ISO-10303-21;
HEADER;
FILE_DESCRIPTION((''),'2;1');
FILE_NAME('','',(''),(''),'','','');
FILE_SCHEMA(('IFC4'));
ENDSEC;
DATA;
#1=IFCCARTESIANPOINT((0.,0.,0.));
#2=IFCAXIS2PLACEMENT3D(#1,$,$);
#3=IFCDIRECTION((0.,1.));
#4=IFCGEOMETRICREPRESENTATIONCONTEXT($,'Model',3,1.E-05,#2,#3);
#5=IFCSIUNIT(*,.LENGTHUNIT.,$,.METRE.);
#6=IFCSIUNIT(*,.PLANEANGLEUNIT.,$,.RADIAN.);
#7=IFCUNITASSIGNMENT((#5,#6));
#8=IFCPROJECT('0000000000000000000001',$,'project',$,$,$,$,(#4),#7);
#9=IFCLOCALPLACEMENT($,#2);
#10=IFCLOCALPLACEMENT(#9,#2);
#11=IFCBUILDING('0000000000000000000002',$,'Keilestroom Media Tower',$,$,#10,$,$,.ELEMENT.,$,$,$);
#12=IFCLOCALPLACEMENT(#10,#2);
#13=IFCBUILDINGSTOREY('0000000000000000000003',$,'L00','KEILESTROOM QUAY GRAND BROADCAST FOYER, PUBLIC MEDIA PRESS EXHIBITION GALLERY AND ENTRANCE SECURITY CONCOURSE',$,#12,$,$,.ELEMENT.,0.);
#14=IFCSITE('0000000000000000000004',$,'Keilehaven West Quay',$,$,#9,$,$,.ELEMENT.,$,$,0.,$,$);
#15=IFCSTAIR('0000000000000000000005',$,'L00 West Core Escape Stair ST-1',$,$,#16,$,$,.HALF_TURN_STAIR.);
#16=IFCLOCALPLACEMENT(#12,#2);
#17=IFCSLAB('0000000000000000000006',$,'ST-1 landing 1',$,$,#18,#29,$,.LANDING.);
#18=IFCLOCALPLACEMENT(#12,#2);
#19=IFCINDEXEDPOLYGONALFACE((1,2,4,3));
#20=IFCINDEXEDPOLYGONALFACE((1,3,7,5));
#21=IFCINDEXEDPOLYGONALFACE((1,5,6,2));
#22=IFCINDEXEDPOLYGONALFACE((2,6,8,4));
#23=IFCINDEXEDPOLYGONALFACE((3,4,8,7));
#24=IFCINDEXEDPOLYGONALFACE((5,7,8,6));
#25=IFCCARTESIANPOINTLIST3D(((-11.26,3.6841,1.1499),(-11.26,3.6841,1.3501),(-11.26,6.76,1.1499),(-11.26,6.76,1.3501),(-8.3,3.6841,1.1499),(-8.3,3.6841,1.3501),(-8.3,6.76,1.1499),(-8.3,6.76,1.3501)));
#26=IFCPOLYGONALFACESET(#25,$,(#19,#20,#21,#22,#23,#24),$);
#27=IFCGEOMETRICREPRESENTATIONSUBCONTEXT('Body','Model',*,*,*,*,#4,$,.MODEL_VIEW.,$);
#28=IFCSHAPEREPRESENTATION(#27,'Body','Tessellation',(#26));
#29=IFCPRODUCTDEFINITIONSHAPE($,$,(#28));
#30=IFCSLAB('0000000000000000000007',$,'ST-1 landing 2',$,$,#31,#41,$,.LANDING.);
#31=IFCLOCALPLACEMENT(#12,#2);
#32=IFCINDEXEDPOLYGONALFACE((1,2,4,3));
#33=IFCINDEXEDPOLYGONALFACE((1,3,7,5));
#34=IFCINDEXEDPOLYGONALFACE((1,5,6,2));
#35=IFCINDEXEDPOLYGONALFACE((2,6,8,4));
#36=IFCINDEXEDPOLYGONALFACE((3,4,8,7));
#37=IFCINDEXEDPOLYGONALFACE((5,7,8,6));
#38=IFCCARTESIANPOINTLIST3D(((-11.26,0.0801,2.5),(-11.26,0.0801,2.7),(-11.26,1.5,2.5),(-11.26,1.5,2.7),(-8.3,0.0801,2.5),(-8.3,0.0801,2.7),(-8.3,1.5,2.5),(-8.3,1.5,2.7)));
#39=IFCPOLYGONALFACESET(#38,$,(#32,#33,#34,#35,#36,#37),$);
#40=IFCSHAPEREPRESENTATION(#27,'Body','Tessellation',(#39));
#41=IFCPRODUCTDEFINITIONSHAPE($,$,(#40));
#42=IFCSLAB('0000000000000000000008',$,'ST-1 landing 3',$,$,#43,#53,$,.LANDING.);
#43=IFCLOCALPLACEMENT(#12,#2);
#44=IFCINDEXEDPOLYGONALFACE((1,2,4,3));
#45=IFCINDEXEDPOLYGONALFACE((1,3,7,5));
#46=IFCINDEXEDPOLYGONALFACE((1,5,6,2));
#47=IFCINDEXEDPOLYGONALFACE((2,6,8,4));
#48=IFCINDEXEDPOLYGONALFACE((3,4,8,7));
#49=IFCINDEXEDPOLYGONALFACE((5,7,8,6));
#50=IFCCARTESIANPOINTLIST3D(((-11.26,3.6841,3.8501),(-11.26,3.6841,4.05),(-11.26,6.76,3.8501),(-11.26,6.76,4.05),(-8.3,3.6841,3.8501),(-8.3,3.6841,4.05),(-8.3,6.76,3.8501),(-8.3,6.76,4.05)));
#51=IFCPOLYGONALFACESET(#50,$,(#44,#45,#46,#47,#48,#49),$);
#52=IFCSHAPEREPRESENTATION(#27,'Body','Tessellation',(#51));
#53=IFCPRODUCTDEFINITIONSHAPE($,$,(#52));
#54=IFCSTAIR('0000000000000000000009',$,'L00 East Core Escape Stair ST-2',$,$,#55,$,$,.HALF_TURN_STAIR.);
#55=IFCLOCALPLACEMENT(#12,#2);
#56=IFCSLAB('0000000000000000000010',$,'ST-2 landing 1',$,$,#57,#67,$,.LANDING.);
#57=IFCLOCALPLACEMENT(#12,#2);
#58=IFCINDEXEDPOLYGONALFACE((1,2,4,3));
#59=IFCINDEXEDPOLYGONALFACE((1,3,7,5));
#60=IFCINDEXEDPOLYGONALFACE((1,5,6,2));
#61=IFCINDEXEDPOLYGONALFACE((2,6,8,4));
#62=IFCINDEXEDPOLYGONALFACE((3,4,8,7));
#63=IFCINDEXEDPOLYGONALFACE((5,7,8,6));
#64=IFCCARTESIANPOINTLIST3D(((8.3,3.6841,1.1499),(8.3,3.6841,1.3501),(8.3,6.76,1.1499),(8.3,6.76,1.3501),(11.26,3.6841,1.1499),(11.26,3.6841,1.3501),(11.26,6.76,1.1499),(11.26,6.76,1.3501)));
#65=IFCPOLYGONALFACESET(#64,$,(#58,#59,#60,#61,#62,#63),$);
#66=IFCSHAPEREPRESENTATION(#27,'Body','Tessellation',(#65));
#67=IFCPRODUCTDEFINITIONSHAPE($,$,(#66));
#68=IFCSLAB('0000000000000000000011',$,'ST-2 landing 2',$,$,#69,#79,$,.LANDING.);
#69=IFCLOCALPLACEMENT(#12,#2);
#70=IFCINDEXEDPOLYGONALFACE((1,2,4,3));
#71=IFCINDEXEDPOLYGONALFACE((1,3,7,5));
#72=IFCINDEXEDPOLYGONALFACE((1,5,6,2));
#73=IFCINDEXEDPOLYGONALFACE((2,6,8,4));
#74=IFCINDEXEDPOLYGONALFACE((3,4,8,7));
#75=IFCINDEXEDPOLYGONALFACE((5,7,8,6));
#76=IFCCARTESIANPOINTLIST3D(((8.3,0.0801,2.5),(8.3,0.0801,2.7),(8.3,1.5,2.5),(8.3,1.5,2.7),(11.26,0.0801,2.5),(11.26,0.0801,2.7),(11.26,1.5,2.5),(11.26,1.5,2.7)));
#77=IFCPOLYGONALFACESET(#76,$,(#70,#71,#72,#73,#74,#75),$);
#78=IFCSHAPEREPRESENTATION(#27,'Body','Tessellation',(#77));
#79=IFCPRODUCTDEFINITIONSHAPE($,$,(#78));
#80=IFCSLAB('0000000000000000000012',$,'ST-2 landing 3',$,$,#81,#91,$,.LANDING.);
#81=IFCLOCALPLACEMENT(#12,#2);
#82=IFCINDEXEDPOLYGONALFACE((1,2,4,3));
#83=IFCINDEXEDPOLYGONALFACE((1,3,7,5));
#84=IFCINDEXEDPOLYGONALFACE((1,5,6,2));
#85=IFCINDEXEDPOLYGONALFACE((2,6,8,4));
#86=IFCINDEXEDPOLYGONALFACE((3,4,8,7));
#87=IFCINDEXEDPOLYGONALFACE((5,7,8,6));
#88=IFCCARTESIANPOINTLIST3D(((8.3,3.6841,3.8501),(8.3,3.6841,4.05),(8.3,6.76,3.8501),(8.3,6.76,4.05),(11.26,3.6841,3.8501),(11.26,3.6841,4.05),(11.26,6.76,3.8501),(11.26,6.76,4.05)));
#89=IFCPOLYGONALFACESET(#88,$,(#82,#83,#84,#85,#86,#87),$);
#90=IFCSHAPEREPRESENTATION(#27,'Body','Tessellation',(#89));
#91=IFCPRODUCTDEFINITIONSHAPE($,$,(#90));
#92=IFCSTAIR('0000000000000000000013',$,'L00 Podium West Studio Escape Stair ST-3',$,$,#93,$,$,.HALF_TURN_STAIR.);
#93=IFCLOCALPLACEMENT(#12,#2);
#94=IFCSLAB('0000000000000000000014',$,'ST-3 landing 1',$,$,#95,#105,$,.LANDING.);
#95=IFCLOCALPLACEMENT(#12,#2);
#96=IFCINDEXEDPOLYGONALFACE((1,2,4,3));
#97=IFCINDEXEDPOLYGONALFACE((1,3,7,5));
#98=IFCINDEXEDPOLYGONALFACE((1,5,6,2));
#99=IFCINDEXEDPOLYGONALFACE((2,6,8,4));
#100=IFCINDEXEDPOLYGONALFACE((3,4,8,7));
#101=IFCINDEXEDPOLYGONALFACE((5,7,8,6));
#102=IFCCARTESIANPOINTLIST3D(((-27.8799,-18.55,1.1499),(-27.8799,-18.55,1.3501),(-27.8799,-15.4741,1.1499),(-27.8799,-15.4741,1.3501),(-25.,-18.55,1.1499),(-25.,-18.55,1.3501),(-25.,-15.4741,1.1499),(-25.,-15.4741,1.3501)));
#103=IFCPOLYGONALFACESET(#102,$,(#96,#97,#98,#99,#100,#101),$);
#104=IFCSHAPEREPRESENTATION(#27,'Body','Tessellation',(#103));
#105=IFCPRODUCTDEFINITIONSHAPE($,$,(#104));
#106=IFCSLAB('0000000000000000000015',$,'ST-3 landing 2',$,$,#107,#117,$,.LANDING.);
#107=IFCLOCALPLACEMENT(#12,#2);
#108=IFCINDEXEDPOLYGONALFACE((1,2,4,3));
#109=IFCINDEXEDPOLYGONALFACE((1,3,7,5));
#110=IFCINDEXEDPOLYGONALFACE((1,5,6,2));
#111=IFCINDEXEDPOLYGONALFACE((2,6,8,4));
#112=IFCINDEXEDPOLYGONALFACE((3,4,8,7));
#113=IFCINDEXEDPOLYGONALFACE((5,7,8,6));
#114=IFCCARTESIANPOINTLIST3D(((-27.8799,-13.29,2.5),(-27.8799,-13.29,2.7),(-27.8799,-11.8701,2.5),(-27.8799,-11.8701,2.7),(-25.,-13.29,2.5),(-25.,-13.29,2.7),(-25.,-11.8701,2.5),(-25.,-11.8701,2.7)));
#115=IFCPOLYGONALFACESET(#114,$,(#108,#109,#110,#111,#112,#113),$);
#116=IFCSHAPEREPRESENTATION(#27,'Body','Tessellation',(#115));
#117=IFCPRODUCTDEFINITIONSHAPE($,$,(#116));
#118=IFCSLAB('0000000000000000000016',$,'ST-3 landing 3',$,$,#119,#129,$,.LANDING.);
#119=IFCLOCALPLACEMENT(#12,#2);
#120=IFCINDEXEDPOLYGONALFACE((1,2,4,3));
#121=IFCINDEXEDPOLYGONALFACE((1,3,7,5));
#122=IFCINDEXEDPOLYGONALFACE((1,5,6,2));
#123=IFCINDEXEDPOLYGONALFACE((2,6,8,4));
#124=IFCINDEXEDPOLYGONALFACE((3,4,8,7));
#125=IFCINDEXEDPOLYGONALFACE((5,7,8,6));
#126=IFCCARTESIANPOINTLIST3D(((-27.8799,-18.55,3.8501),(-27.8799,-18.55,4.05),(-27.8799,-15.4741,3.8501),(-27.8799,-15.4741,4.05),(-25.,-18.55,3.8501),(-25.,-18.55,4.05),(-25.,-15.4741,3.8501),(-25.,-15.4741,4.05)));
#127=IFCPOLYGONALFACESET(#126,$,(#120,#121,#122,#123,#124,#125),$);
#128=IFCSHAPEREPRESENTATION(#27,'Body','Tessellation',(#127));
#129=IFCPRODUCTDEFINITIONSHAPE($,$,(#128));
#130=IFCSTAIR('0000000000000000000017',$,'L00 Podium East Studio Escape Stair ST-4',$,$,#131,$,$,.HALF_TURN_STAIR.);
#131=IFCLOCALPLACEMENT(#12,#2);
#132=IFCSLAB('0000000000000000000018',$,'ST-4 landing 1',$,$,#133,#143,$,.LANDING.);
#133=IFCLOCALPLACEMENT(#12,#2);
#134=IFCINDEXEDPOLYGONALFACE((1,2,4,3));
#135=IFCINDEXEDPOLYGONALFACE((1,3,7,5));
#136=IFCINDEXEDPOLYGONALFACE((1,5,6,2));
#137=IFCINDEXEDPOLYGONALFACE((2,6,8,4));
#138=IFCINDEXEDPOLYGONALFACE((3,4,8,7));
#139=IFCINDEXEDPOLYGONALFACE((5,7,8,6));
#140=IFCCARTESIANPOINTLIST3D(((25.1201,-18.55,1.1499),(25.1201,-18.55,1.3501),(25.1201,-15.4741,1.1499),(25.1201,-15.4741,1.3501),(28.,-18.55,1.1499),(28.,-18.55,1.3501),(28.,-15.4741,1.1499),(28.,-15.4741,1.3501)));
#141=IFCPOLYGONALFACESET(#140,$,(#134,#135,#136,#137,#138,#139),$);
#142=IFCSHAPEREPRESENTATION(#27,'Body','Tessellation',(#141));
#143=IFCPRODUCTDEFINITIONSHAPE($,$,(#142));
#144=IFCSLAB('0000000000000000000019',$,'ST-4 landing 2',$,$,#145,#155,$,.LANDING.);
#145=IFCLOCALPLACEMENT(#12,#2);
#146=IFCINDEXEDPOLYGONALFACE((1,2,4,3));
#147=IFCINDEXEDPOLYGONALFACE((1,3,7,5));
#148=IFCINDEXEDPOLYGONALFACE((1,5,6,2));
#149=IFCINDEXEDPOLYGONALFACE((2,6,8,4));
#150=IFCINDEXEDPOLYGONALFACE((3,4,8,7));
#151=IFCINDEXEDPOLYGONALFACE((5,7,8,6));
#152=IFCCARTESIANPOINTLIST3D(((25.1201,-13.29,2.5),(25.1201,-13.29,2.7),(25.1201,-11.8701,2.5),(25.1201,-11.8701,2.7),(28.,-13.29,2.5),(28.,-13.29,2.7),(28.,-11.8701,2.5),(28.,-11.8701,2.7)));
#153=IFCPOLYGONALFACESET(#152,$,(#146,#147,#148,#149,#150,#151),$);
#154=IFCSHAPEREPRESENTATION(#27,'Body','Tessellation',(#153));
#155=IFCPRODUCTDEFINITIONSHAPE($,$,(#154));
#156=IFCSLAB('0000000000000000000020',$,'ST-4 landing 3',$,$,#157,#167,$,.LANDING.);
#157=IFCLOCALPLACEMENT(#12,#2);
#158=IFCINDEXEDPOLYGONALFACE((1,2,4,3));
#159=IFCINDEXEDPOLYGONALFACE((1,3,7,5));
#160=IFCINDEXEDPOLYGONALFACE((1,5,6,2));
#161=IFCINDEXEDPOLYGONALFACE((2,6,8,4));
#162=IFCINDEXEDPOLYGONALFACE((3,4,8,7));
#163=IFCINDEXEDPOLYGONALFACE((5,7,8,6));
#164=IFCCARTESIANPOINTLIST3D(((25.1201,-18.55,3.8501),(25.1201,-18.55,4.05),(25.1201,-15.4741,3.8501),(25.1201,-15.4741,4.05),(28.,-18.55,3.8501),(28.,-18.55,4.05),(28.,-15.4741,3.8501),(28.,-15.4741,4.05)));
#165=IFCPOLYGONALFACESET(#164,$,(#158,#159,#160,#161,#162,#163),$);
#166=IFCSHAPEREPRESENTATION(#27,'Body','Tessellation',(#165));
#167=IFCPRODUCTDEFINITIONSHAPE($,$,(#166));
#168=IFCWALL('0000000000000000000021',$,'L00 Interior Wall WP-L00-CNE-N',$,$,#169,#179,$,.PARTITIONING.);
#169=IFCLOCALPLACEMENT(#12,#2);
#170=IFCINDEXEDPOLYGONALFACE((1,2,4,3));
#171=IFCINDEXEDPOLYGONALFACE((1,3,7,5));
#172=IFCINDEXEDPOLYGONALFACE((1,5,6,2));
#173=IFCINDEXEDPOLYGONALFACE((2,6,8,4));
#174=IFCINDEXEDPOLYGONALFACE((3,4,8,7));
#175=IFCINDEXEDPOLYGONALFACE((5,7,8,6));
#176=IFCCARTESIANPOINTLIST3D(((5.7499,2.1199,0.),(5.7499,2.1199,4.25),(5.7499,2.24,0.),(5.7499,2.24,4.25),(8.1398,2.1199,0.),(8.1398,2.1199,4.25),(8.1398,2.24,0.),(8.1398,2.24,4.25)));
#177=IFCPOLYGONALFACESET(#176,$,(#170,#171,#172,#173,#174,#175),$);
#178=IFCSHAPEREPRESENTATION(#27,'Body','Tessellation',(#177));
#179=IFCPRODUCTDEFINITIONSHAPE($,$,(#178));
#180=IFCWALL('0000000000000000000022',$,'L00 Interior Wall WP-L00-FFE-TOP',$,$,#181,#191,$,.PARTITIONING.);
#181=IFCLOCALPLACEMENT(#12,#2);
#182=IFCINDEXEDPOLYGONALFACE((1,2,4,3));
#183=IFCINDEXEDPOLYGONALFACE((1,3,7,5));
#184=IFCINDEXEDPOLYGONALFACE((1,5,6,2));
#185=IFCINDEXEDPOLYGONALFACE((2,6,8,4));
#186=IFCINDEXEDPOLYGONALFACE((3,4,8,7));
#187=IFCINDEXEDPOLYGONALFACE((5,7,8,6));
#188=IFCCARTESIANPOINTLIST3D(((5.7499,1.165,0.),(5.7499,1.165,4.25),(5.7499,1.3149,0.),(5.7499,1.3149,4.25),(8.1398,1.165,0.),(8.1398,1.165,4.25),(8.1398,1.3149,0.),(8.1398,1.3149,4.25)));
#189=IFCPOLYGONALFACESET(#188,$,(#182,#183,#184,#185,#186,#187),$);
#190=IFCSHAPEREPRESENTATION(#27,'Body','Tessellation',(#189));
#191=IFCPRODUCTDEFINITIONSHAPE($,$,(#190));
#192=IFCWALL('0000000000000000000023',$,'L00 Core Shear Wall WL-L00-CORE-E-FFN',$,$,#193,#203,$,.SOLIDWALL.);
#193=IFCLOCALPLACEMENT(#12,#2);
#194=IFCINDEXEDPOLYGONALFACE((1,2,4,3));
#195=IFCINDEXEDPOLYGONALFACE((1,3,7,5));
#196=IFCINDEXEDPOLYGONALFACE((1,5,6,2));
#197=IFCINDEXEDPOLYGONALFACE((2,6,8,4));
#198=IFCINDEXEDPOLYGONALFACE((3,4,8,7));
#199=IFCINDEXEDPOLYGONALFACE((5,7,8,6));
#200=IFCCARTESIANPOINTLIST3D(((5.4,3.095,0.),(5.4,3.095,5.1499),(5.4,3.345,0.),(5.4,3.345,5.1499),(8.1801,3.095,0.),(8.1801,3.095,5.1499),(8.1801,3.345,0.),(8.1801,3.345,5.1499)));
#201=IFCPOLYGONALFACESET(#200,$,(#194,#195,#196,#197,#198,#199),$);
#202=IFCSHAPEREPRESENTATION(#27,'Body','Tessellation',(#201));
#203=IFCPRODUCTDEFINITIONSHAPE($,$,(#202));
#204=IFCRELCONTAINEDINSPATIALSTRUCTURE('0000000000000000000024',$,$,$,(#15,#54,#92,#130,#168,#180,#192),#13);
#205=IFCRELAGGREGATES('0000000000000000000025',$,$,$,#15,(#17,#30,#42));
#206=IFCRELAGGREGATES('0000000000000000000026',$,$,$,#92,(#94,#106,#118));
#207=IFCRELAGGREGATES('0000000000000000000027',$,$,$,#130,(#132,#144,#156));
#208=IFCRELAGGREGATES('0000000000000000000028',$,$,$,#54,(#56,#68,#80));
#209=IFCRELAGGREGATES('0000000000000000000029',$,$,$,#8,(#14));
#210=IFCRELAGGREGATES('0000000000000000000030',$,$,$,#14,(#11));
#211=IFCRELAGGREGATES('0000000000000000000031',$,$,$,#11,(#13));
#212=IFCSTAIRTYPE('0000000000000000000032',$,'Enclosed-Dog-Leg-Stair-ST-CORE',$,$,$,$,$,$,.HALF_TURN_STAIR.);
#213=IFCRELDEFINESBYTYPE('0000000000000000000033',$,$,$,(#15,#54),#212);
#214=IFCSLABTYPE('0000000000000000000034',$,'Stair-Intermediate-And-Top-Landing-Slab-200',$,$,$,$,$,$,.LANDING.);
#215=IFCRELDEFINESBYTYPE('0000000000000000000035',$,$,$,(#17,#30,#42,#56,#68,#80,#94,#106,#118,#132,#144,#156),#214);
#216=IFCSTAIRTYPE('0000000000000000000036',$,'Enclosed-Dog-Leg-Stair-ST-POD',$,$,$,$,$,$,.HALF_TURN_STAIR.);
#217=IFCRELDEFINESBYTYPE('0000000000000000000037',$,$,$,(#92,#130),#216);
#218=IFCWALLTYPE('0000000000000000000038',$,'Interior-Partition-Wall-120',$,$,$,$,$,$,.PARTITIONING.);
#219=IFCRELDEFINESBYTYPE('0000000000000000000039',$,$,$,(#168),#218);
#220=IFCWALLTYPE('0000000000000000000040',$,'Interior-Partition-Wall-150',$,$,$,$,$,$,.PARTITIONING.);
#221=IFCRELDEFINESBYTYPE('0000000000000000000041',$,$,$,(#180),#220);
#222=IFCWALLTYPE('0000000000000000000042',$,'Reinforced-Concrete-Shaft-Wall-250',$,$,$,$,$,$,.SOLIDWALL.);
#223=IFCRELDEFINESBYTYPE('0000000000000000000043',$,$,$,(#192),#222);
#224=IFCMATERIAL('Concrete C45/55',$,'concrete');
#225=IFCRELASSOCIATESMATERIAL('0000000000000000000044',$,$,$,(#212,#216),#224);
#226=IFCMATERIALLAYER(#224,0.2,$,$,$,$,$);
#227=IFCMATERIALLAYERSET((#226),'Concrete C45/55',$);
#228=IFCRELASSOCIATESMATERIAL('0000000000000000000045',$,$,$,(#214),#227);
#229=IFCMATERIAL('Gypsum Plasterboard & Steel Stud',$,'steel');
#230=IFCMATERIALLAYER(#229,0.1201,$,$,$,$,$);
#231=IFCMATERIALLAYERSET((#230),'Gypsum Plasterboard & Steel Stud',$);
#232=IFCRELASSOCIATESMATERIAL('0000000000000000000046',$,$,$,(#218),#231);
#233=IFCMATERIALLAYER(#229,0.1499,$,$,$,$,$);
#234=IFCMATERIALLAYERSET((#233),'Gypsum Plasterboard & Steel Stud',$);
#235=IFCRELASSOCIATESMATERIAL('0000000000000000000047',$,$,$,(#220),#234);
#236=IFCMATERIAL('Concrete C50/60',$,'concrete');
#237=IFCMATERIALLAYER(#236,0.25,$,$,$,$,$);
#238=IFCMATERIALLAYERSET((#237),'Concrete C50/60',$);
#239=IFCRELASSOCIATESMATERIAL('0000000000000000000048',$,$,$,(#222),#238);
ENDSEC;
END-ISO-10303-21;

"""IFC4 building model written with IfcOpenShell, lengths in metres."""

from ifc_helpers import new_model, si_unit, direction, frame, frame_2d, origin, place, context, subcontext, project, spatial, polyline, rectangle, outline, extrude, material, layer, layer_set, type_object, element, aggregate, save


model = new_model("IFC4")

# Units and contexts
model_context = context("Model", 3, precision=1e-05, world=origin(), true_north=direction((0.0, 1.0)))
body_context = subcontext(model_context, "Body", "Model", "MODEL_VIEW")
ifc_project = project(units=[si_unit("LENGTHUNIT", "METRE"), si_unit("PLANEANGLEUNIT", "RADIAN")], contexts=[model_context])

# Site, building, storey
site_placement = place(None, origin())
site = spatial("IfcSite", under=ifc_project, at=site_placement, Name="Keilehaven West Quay", CompositionType="ELEMENT", RefElevation=0.0)
building_placement = place(site_placement, origin())
building = spatial("IfcBuilding", under=site, at=building_placement, Name="Keilestroom Media Tower", CompositionType="ELEMENT")
storey_placement = place(building_placement, origin())
storey = spatial("IfcBuildingStorey", under=building, at=storey_placement, Name="L00", Description="KEILESTROOM QUAY GRAND BROADCAST FOYER, PUBLIC MEDIA PRESS EXHIBITION GALLERY AND ENTRANCE SECURITY CONCOURSE", CompositionType="ELEMENT", Elevation=0.0)

# Stairs, slabs
ifc_material_1 = material(Name="Concrete C45/55", Category="concrete")
stair_type_1 = type_object("IfcStairType", Name="Enclosed-Dog-Leg-Stair-ST-CORE", PredefinedType="HALF_TURN_STAIR", material=ifc_material_1)
stair_1_placement = place(storey_placement, origin())
stair_1 = element("IfcStair", 1, at=stair_1_placement, inside=storey, type_object=stair_type_1, Name="L00 West Core Escape Stair ST-1", PredefinedType="HALF_TURN_STAIR")
ifc_layer_1 = layer(ifc_material_1, 0.2)
ifc_layer_set_1 = layer_set([ifc_layer_1], Name="Concrete C45/55")
slab_type = type_object("IfcSlabType", Name="Stair-Intermediate-And-Top-Landing-Slab-200", PredefinedType="LANDING", material=ifc_layer_set_1)
slab_1_placement = place(storey_placement, frame((0.0, 0.0, 1.1499)))
slab_1 = element("IfcSlab", 2, at=slab_1_placement, type_object=slab_type, Name="ST-1 landing 1", PredefinedType="LANDING", context=body_context, shape_type="SweptSolid", body=[
    extrude(outline(polyline([(-8.3, 3.6841), (-8.3, 6.76), (-11.26, 6.76), (-11.26, 3.6841), (-8.3, 3.6841)])), origin(), (0.0, 0.0, 1.0), 0.2002),
])
slab_2_placement = place(storey_placement, frame((0.0, 0.0, 2.5)))
slab_2 = element("IfcSlab", 3, at=slab_2_placement, type_object=slab_type, Name="ST-1 landing 2", PredefinedType="LANDING", context=body_context, shape_type="SweptSolid", body=[
    extrude(outline(polyline([(-8.3, 0.0801), (-8.3, 1.5), (-11.26, 1.5), (-11.26, 0.0801), (-8.3, 0.0801)])), origin(), (0.0, 0.0, 1.0), 0.2),
])
slab_3_placement = place(storey_placement, frame((0.0, 0.0, 3.8501)))
slab_3 = element("IfcSlab", 4, at=slab_3_placement, type_object=slab_type, Name="ST-1 landing 3", PredefinedType="LANDING", context=body_context, shape_type="SweptSolid", body=[
    extrude(outline(polyline([(-8.3, 3.6841), (-8.3, 6.76), (-11.26, 6.76), (-11.26, 3.6841), (-8.3, 3.6841)])), origin(), (0.0, 0.0, 1.0), 0.2),
])
aggregate(stair_1, [slab_1, slab_2, slab_3])
stair_2_placement = place(storey_placement, origin())
stair_2 = element("IfcStair", 5, at=stair_2_placement, inside=storey, type_object=stair_type_1, Name="L00 East Core Escape Stair ST-2", PredefinedType="HALF_TURN_STAIR")
slab_4_placement = place(storey_placement, frame((0.0, 0.0, 1.1499)))
slab_4 = element("IfcSlab", 6, at=slab_4_placement, type_object=slab_type, Name="ST-2 landing 1", PredefinedType="LANDING", context=body_context, shape_type="SweptSolid", body=[
    extrude(outline(polyline([(11.26, 3.6841), (11.26, 6.76), (8.3, 6.76), (8.3, 3.6841), (11.26, 3.6841)])), origin(), (0.0, 0.0, 1.0), 0.2002),
])
slab_5_placement = place(storey_placement, frame((0.0, 0.0, 2.5)))
slab_5 = element("IfcSlab", 7, at=slab_5_placement, type_object=slab_type, Name="ST-2 landing 2", PredefinedType="LANDING", context=body_context, shape_type="SweptSolid", body=[
    extrude(outline(polyline([(11.26, 0.0801), (11.26, 1.5), (8.3, 1.5), (8.3, 0.0801), (11.26, 0.0801)])), origin(), (0.0, 0.0, 1.0), 0.2),
])
slab_6_placement = place(storey_placement, frame((0.0, 0.0, 3.8501)))
slab_6 = element("IfcSlab", 8, at=slab_6_placement, type_object=slab_type, Name="ST-2 landing 3", PredefinedType="LANDING", context=body_context, shape_type="SweptSolid", body=[
    extrude(outline(polyline([(11.26, 3.6841), (11.26, 6.76), (8.3, 6.76), (8.3, 3.6841), (11.26, 3.6841)])), origin(), (0.0, 0.0, 1.0), 0.2),
])
stair_type_2 = type_object("IfcStairType", Name="Enclosed-Dog-Leg-Stair-ST-POD", PredefinedType="HALF_TURN_STAIR", material=ifc_material_1)
stair_3_placement = place(storey_placement, origin())
stair_3 = element("IfcStair", 9, at=stair_3_placement, inside=storey, type_object=stair_type_2, Name="L00 Podium West Studio Escape Stair ST-3", PredefinedType="HALF_TURN_STAIR")
slab_7_placement = place(storey_placement, frame((0.0, 0.0, 1.1499)))
slab_7 = element("IfcSlab", 10, at=slab_7_placement, type_object=slab_type, Name="ST-3 landing 1", PredefinedType="LANDING", context=body_context, shape_type="SweptSolid", body=[
    extrude(outline(polyline([(-27.8799, -15.4741), (-27.8799, -18.55), (-25.0, -18.55), (-25.0, -15.4741), (-27.8799, -15.4741)])), origin(), (0.0, 0.0, 1.0), 0.2002),
])
slab_8_placement = place(storey_placement, frame((0.0, 0.0, 2.5)))
slab_8 = element("IfcSlab", 11, at=slab_8_placement, type_object=slab_type, Name="ST-3 landing 2", PredefinedType="LANDING", context=body_context, shape_type="SweptSolid", body=[
    extrude(outline(polyline([(-27.8799, -11.8701), (-27.8799, -13.29), (-25.0, -13.29), (-25.0, -11.8701), (-27.8799, -11.8701)])), origin(), (0.0, 0.0, 1.0), 0.2),
])
slab_9_placement = place(storey_placement, frame((0.0, 0.0, 3.8501)))
slab_9 = element("IfcSlab", 12, at=slab_9_placement, type_object=slab_type, Name="ST-3 landing 3", PredefinedType="LANDING", context=body_context, shape_type="SweptSolid", body=[
    extrude(outline(polyline([(-27.8799, -15.4741), (-27.8799, -18.55), (-25.0, -18.55), (-25.0, -15.4741), (-27.8799, -15.4741)])), origin(), (0.0, 0.0, 1.0), 0.2),
])
aggregate(stair_3, [slab_7, slab_8, slab_9])
stair_4_placement = place(storey_placement, origin())
stair_4 = element("IfcStair", 13, at=stair_4_placement, inside=storey, type_object=stair_type_2, Name="L00 Podium East Studio Escape Stair ST-4", PredefinedType="HALF_TURN_STAIR")
slab_10_placement = place(storey_placement, frame((0.0, 0.0, 1.1499)))
slab_10 = element("IfcSlab", 14, at=slab_10_placement, type_object=slab_type, Name="ST-4 landing 1", PredefinedType="LANDING", context=body_context, shape_type="SweptSolid", body=[
    extrude(outline(polyline([(25.1201, -15.4741), (25.1201, -18.55), (28.0, -18.55), (28.0, -15.4741), (25.1201, -15.4741)])), origin(), (0.0, 0.0, 1.0), 0.2002),
])
slab_11_placement = place(storey_placement, frame((0.0, 0.0, 2.5)))
slab_11 = element("IfcSlab", 15, at=slab_11_placement, type_object=slab_type, Name="ST-4 landing 2", PredefinedType="LANDING", context=body_context, shape_type="SweptSolid", body=[
    extrude(outline(polyline([(25.1201, -11.8701), (25.1201, -13.29), (28.0, -13.29), (28.0, -11.8701), (25.1201, -11.8701)])), origin(), (0.0, 0.0, 1.0), 0.2),
])
slab_12_placement = place(storey_placement, frame((0.0, 0.0, 3.8501)))
slab_12 = element("IfcSlab", 16, at=slab_12_placement, type_object=slab_type, Name="ST-4 landing 3", PredefinedType="LANDING", context=body_context, shape_type="SweptSolid", body=[
    extrude(outline(polyline([(25.1201, -15.4741), (25.1201, -18.55), (28.0, -18.55), (28.0, -15.4741), (25.1201, -15.4741)])), origin(), (0.0, 0.0, 1.0), 0.2),
])
aggregate(stair_4, [slab_10, slab_11, slab_12])

# Walls
ifc_material_2 = material(Name="Gypsum Plasterboard & Steel Stud", Category="steel")
ifc_layer_2 = layer(ifc_material_2, 0.1201)
ifc_layer_set_2 = layer_set([ifc_layer_2], Name="Gypsum Plasterboard & Steel Stud")
wall_type_1 = type_object("IfcWallType", Name="Interior-Partition-Wall-120", PredefinedType="PARTITIONING", material=ifc_layer_set_2)
wall_1_placement = place(storey_placement, frame((5.75, 2.1799, 0.0), z_axis=(0.0, 0.0, 1.0), x_axis=(1.0, 0.0, 0.0)))
element("IfcWall", 17, at=wall_1_placement, inside=storey, type_object=wall_type_1, Name="L00 Interior Wall WP-L00-CNE-N", PredefinedType="PARTITIONING", context=body_context, shape_type="SweptSolid", body=[
    extrude(rectangle(XDim=2.3899, YDim=0.1201, at=frame_2d((1.1948, 0.0))), origin(), (0.0, 0.0, 1.0), 4.25),
])
ifc_layer_3 = layer(ifc_material_2, 0.1499)
ifc_layer_set_3 = layer_set([ifc_layer_3], Name="Gypsum Plasterboard & Steel Stud")
wall_type_2 = type_object("IfcWallType", Name="Interior-Partition-Wall-150", PredefinedType="PARTITIONING", material=ifc_layer_set_3)
wall_2_placement = place(storey_placement, frame((5.75, 1.24, 0.0), z_axis=(0.0, 0.0, 1.0), x_axis=(1.0, 0.0, 0.0)))
element("IfcWall", 18, at=wall_2_placement, inside=storey, type_object=wall_type_2, Name="L00 Interior Wall WP-L00-FFE-TOP", PredefinedType="PARTITIONING", context=body_context, shape_type="SweptSolid", body=[
    extrude(rectangle(XDim=2.3899, YDim=0.1499, at=frame_2d((1.1948, 0.0))), origin(), (0.0, 0.0, 1.0), 4.25),
])
ifc_material_3 = material(Name="Concrete C50/60", Category="concrete")
ifc_layer_4 = layer(ifc_material_3, 0.25)
ifc_layer_set_4 = layer_set([ifc_layer_4], Name="Concrete C50/60")
wall_type_3 = type_object("IfcWallType", Name="Reinforced-Concrete-Shaft-Wall-250", PredefinedType="SOLIDWALL", material=ifc_layer_set_4)
wall_3_placement = place(storey_placement, frame((5.3999, 3.22, 0.0), z_axis=(0.0, 0.0, 1.0), x_axis=(1.0, 0.0, 0.0)))
element("IfcWall", 19, at=wall_3_placement, inside=storey, type_object=wall_type_3, Name="L00 Core Shear Wall WL-L00-CORE-E-FFN", PredefinedType="SOLIDWALL", context=body_context, shape_type="SweptSolid", body=[
    extrude(rectangle(XDim=2.78, YDim=0.25, at=frame_2d((1.3901, 0.0))), origin(), (0.0, 0.0, 1.0), 5.1499),
])

aggregate(stair_2, [slab_4, slab_5, slab_6])

save(model, "model.ifc")
